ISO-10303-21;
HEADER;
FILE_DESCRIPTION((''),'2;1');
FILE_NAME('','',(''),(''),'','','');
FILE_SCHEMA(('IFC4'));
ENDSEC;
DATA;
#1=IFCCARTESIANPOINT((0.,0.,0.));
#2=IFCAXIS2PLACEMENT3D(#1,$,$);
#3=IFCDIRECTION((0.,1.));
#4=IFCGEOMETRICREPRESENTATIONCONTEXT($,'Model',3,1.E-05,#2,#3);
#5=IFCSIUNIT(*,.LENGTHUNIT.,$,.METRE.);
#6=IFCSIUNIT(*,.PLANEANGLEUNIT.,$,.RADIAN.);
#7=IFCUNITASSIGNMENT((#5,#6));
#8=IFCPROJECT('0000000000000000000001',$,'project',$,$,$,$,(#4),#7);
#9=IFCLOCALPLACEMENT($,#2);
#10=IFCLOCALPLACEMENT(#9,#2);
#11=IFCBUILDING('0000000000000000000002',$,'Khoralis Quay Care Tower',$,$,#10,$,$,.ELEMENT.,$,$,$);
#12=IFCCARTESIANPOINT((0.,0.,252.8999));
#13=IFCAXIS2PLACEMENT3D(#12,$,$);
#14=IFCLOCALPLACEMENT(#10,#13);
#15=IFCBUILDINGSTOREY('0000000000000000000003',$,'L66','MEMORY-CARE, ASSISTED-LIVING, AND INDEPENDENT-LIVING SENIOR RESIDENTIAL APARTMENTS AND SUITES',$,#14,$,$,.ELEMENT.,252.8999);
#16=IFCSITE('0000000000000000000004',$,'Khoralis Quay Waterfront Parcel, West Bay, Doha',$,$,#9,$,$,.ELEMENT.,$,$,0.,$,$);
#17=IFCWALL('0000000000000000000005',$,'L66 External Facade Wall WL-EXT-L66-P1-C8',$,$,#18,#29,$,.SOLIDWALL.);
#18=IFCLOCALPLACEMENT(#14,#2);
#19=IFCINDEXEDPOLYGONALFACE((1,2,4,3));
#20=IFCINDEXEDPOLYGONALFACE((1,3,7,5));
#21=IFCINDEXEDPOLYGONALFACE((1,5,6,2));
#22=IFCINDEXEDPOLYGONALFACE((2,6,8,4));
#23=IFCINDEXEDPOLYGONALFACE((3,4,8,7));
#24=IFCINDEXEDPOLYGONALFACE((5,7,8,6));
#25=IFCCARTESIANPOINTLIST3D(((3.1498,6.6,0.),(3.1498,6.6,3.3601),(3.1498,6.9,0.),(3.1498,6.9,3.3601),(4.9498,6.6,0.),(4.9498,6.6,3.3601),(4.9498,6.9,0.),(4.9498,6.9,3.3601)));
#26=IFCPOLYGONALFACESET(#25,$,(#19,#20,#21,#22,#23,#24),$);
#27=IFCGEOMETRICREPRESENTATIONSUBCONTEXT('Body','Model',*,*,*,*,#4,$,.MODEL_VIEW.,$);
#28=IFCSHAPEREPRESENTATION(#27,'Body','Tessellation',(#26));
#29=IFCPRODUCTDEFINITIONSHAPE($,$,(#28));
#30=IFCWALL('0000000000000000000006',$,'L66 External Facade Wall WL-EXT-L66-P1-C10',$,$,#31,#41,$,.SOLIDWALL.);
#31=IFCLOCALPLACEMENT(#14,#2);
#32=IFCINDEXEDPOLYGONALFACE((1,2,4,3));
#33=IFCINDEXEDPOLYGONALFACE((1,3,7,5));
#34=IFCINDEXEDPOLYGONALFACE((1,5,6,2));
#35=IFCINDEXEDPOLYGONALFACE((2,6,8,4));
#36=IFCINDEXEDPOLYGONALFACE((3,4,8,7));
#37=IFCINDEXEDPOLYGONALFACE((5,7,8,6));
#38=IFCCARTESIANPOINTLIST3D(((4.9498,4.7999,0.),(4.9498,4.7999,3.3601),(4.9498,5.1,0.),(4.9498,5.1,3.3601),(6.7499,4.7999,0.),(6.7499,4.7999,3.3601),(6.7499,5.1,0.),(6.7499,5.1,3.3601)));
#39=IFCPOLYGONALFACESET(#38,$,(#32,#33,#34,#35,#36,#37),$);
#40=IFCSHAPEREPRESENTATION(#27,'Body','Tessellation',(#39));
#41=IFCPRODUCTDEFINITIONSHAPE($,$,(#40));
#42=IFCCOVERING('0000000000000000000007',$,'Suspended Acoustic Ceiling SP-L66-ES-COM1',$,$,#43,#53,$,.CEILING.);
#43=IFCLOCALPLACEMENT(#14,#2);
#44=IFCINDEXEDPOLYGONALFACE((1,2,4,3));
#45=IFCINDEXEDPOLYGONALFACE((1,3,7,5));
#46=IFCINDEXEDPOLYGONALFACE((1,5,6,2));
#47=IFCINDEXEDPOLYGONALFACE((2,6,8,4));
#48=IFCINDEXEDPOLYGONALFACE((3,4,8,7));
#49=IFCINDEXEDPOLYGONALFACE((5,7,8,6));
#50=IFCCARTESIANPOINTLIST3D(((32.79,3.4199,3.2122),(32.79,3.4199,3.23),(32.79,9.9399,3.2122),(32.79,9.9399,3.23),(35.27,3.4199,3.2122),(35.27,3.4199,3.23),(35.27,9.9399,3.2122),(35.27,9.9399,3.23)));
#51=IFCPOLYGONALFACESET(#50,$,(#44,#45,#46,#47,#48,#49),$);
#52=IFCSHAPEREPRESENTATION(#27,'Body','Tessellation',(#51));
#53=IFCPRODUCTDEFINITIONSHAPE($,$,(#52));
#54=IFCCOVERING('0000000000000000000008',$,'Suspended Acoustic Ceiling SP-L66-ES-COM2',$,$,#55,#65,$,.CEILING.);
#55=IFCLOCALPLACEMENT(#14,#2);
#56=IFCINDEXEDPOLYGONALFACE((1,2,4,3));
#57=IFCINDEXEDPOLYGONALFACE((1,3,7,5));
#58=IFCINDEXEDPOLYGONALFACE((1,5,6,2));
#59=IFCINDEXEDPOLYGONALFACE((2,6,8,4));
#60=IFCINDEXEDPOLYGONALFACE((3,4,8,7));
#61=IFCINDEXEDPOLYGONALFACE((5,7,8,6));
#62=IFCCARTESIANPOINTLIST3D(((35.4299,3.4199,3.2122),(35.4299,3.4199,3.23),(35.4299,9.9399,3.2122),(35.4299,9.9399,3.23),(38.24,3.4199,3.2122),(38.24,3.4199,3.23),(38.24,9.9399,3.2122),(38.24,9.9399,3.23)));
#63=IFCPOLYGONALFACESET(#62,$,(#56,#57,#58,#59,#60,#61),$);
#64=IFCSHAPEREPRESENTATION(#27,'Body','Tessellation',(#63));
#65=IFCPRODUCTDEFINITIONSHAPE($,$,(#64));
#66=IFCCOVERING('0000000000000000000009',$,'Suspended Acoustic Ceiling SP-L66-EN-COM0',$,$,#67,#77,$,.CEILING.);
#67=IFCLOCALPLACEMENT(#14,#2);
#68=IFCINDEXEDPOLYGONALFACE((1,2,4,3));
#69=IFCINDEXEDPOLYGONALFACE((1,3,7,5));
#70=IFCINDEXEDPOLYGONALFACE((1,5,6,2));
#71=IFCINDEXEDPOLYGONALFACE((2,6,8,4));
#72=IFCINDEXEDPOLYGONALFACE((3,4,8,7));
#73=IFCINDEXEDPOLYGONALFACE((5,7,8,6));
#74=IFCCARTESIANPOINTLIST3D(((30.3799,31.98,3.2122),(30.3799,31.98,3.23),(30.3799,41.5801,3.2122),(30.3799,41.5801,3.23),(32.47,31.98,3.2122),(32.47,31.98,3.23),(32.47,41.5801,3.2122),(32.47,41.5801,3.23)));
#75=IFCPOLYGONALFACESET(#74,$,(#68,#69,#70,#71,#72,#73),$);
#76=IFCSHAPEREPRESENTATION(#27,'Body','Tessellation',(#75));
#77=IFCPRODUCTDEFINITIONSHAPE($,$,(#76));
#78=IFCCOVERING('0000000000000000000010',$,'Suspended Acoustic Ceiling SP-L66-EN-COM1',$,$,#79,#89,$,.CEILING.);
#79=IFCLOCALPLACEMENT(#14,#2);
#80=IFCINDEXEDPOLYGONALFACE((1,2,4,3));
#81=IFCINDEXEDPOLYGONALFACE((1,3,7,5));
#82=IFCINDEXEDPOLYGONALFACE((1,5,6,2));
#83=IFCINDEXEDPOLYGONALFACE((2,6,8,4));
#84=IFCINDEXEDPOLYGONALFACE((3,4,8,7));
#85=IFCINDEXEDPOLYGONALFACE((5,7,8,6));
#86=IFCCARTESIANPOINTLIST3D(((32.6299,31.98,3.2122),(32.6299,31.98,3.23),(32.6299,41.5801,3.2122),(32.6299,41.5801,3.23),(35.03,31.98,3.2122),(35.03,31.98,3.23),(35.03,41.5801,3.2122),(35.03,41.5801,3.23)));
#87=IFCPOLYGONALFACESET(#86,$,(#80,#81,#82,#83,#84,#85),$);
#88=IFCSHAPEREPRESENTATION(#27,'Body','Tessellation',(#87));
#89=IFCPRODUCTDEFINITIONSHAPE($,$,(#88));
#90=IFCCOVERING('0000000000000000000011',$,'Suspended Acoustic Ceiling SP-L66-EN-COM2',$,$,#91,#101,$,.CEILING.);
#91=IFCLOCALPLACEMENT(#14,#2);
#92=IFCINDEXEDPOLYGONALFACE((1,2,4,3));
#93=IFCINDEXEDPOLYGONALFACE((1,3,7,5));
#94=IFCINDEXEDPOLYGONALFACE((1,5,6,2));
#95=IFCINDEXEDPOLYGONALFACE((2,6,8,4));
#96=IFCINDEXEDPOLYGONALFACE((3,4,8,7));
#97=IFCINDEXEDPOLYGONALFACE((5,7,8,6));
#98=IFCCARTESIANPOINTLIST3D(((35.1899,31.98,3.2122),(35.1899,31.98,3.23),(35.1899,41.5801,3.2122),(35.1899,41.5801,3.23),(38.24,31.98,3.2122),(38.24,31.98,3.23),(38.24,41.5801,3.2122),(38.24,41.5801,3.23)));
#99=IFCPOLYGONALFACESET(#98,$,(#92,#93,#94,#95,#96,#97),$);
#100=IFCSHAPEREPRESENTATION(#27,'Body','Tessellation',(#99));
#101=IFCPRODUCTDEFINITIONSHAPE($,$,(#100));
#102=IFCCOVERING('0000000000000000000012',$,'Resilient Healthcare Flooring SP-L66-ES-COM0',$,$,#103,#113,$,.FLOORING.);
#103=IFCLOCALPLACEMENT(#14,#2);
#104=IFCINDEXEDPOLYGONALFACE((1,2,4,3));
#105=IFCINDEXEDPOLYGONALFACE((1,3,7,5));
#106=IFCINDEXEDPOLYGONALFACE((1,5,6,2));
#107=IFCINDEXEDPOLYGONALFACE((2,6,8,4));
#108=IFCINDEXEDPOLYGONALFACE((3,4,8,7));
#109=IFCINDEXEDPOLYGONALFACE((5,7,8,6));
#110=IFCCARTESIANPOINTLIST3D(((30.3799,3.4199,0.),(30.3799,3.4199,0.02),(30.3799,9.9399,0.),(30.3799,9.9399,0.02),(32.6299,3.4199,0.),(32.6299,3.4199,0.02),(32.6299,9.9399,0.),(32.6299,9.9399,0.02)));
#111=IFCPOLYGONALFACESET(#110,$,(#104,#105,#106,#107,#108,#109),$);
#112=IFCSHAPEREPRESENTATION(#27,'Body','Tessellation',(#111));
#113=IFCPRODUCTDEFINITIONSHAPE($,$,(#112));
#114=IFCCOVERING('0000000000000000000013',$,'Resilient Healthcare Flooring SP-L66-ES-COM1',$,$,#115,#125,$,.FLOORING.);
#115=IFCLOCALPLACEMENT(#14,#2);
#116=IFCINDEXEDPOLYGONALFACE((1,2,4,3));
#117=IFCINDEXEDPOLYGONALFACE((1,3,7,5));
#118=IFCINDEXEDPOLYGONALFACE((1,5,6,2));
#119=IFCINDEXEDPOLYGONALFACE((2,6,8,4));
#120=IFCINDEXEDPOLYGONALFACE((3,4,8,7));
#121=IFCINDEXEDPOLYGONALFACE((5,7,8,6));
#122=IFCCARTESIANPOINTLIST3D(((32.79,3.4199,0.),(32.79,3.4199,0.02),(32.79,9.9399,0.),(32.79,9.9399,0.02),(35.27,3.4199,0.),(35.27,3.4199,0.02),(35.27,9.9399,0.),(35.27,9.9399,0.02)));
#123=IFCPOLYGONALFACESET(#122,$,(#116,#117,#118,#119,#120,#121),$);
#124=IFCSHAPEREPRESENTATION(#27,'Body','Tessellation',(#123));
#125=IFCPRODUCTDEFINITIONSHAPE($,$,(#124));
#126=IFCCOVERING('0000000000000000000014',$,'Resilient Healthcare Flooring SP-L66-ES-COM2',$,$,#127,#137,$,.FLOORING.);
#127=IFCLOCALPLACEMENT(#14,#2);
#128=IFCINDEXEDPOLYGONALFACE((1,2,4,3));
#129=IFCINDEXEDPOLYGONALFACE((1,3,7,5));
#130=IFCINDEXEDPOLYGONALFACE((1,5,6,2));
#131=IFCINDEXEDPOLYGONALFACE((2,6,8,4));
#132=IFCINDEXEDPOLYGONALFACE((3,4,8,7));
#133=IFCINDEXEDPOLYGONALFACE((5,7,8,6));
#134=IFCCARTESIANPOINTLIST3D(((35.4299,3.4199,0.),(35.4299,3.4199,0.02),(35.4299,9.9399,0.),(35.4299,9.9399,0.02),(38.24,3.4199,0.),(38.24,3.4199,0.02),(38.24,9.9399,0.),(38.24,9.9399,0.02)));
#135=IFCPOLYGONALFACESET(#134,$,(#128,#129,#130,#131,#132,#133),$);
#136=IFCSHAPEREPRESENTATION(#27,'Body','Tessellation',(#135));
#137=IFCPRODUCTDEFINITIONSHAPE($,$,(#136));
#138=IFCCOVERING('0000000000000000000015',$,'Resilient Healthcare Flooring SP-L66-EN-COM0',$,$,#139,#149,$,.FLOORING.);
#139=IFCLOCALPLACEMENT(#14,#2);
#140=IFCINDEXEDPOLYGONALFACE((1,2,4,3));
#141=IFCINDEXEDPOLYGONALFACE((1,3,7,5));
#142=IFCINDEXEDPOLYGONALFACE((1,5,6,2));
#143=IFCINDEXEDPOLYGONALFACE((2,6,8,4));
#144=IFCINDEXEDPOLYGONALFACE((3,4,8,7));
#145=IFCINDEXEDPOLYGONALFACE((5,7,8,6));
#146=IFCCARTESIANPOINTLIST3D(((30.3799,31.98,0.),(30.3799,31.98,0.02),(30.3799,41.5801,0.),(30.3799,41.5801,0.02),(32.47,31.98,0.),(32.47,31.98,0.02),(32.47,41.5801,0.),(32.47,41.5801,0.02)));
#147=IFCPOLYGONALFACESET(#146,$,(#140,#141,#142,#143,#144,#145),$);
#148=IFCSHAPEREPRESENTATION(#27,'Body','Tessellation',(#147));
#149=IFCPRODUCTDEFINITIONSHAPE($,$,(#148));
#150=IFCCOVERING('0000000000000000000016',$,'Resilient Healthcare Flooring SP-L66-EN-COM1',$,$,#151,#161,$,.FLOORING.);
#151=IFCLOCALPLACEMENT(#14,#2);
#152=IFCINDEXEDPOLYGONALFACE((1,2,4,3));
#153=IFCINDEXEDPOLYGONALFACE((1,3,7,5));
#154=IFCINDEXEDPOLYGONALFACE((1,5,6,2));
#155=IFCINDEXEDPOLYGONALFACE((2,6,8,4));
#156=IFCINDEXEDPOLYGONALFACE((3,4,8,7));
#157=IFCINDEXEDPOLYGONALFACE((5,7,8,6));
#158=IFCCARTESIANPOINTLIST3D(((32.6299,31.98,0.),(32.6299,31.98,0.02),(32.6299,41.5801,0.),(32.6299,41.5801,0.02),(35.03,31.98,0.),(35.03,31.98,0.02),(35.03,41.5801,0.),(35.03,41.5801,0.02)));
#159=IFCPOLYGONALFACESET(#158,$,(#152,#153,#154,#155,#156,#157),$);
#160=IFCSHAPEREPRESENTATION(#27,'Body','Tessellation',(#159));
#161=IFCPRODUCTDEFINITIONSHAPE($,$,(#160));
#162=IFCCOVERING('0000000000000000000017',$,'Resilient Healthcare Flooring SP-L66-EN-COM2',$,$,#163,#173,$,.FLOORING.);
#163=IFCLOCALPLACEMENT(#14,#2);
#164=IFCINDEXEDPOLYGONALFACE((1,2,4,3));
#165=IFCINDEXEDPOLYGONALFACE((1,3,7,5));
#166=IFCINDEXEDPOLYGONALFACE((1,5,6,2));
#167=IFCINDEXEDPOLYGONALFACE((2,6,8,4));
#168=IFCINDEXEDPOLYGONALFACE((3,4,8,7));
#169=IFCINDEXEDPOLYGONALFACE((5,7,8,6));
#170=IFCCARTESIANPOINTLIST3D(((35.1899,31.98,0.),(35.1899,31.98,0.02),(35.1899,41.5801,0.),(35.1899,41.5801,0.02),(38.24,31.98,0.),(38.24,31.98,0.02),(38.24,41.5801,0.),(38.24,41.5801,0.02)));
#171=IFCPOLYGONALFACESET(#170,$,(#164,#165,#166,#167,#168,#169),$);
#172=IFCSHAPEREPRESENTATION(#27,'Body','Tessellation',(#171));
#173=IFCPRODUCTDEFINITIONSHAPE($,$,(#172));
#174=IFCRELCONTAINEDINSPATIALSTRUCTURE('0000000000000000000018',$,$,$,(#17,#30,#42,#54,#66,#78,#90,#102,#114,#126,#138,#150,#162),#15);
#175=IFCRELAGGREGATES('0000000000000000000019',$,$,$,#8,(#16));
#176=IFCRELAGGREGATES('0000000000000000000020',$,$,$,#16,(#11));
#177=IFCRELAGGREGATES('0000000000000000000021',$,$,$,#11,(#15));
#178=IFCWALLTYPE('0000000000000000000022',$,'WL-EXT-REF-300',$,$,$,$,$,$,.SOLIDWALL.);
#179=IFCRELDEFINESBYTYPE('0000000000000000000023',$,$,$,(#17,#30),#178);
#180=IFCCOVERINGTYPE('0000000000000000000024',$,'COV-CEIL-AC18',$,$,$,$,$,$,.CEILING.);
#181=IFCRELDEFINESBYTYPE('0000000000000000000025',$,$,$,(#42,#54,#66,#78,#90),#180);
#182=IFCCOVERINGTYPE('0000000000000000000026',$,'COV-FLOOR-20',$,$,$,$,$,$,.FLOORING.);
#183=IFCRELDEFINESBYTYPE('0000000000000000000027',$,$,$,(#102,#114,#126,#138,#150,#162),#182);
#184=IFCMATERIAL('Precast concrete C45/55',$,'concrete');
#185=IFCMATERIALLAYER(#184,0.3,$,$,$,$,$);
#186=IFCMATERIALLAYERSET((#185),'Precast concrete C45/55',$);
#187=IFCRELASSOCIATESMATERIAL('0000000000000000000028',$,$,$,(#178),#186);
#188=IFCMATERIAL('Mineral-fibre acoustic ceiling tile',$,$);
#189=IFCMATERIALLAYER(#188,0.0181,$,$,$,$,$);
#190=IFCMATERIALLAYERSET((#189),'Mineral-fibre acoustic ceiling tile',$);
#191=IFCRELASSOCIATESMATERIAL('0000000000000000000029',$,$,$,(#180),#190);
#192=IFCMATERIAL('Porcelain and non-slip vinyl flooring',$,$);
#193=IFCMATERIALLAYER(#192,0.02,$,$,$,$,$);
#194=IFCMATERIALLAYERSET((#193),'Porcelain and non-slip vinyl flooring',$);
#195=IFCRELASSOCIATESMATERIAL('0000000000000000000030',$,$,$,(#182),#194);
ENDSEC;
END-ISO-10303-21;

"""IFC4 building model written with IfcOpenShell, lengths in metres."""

from ifc_helpers import new_model, si_unit, direction, frame, frame_2d, origin, place, context, subcontext, project, spatial, polyline, rectangle, outline, extrude, material, layer, layer_set, type_object, element, save


model = new_model("IFC4")

# Units and contexts
model_context = context("Model", 3, precision=1e-05, world=origin(), true_north=direction((0.0, 1.0)))
body_context = subcontext(model_context, "Body", "Model", "MODEL_VIEW")
ifc_project = project(units=[si_unit("LENGTHUNIT", "METRE"), si_unit("PLANEANGLEUNIT", "RADIAN")], contexts=[model_context])

# Site, building, storey
site_placement = place(None, origin())
site = spatial("IfcSite", under=ifc_project, at=site_placement, Name="Khoralis Quay Waterfront Parcel, West Bay, Doha", CompositionType="ELEMENT", RefElevation=0.0)
building_placement = place(site_placement, origin())
building = spatial("IfcBuilding", under=site, at=building_placement, Name="Khoralis Quay Care Tower", CompositionType="ELEMENT")
storey_placement = place(building_placement, frame((0.0, 0.0, 252.8999)))
storey = spatial("IfcBuildingStorey", under=building, at=storey_placement, Name="L66", Description="MEMORY-CARE, ASSISTED-LIVING, AND INDEPENDENT-LIVING SENIOR RESIDENTIAL APARTMENTS AND SUITES", CompositionType="ELEMENT", Elevation=252.8999)

# Walls
ifc_material_1 = material(Name="Precast concrete C45/55", Category="concrete")
ifc_layer_1 = layer(ifc_material_1, 0.3)
ifc_layer_set_1 = layer_set([ifc_layer_1], Name="Precast concrete C45/55")
wall_type_1 = type_object("IfcWallType", Name="WL-EXT-REF-300", PredefinedType="SOLIDWALL", material=ifc_layer_set_1)
for number, where, z_axis, x_axis, name in (
    (1, (3.1499, 6.75, 0.0), (0.0, 0.0, 1.0), (1.0, 0.0, 0.0), "L66 External Facade Wall WL-EXT-L66-P1-C8"),
    (2, (4.95, 4.95, 0.0), (0.0, 0.0, 1.0), (1.0, 0.0, 0.0), "L66 External Facade Wall WL-EXT-L66-P1-C10"),
):
    element("IfcWall", number, at=place(storey_placement, frame(where, z_axis=z_axis, x_axis=x_axis)), inside=storey, type_object=wall_type_1, Name=name, PredefinedType="SOLIDWALL", context=body_context, shape_type="SweptSolid", body=[
        extrude(rectangle(XDim=1.8, YDim=0.3, at=frame_2d((0.8999, 0.0))), origin(), (0.0, 0.0, 1.0), 3.3601),
    ])

# Coverings
ifc_material_2 = material(Name="Mineral-fibre acoustic ceiling tile")
ifc_layer_2 = layer(ifc_material_2, 0.0181)
ifc_layer_set_2 = layer_set([ifc_layer_2], Name="Mineral-fibre acoustic ceiling tile")
covering_type_1 = type_object("IfcCoveringType", Name="COV-CEIL-AC18", PredefinedType="CEILING", material=ifc_layer_set_2)
covering_1_placement = place(storey_placement, frame((0.0, 0.0, 3.2122)))
element("IfcCovering", 3, at=covering_1_placement, inside=storey, type_object=covering_type_1, Name="Suspended Acoustic Ceiling SP-L66-ES-COM1", PredefinedType="CEILING", context=body_context, shape_type="SweptSolid", body=[
    extrude(outline(polyline([(32.79, 3.4199), (35.27, 3.4199), (35.27, 9.9399), (32.79, 9.9399), (32.79, 3.4199)])), origin(), (0.0, 0.0, 1.0), 0.0178),
])
covering_2_placement = place(storey_placement, frame((0.0, 0.0, 3.2122)))
element("IfcCovering", 4, at=covering_2_placement, inside=storey, type_object=covering_type_1, Name="Suspended Acoustic Ceiling SP-L66-ES-COM2", PredefinedType="CEILING", context=body_context, shape_type="SweptSolid", body=[
    extrude(outline(polyline([(35.4299, 3.4199), (38.24, 3.4199), (38.24, 9.9399), (35.4299, 9.9399), (35.4299, 3.4199)])), origin(), (0.0, 0.0, 1.0), 0.0178),
])
covering_3_placement = place(storey_placement, frame((0.0, 0.0, 3.2122)))
element("IfcCovering", 5, at=covering_3_placement, inside=storey, type_object=covering_type_1, Name="Suspended Acoustic Ceiling SP-L66-EN-COM0", PredefinedType="CEILING", context=body_context, shape_type="SweptSolid", body=[
    extrude(outline(polyline([(30.3799, 31.98), (32.47, 31.98), (32.47, 41.5801), (30.3799, 41.5801), (30.3799, 31.98)])), origin(), (0.0, 0.0, 1.0), 0.0178),
])
covering_4_placement = place(storey_placement, frame((0.0, 0.0, 3.2122)))
element("IfcCovering", 6, at=covering_4_placement, inside=storey, type_object=covering_type_1, Name="Suspended Acoustic Ceiling SP-L66-EN-COM1", PredefinedType="CEILING", context=body_context, shape_type="SweptSolid", body=[
    extrude(outline(polyline([(32.6299, 31.98), (35.03, 31.98), (35.03, 41.5801), (32.6299, 41.5801), (32.6299, 31.98)])), origin(), (0.0, 0.0, 1.0), 0.0178),
])
covering_5_placement = place(storey_placement, frame((0.0, 0.0, 3.2122)))
element("IfcCovering", 7, at=covering_5_placement, inside=storey, type_object=covering_type_1, Name="Suspended Acoustic Ceiling SP-L66-EN-COM2", PredefinedType="CEILING", context=body_context, shape_type="SweptSolid", body=[
    extrude(outline(polyline([(35.1899, 31.98), (38.24, 31.98), (38.24, 41.5801), (35.1899, 41.5801), (35.1899, 31.98)])), origin(), (0.0, 0.0, 1.0), 0.0178),
])
ifc_material_3 = material(Name="Porcelain and non-slip vinyl flooring")
ifc_layer_3 = layer(ifc_material_3, 0.02)
ifc_layer_set_3 = layer_set([ifc_layer_3], Name="Porcelain and non-slip vinyl flooring")
covering_type_2 = type_object("IfcCoveringType", Name="COV-FLOOR-20", PredefinedType="FLOORING", material=ifc_layer_set_3)
covering_6_placement = place(storey_placement, origin())
element("IfcCovering", 8, at=covering_6_placement, inside=storey, type_object=covering_type_2, Name="Resilient Healthcare Flooring SP-L66-ES-COM0", PredefinedType="FLOORING", context=body_context, shape_type="SweptSolid", body=[
    extrude(outline(polyline([(30.3799, 3.4199), (32.6299, 3.4199), (32.6299, 9.9399), (30.3799, 9.9399), (30.3799, 3.4199)])), origin(), (0.0, 0.0, 1.0), 0.02),
])
covering_7_placement = place(storey_placement, origin())
element("IfcCovering", 9, at=covering_7_placement, inside=storey, type_object=covering_type_2, Name="Resilient Healthcare Flooring SP-L66-ES-COM1", PredefinedType="FLOORING", context=body_context, shape_type="SweptSolid", body=[
    extrude(outline(polyline([(32.79, 3.4199), (35.27, 3.4199), (35.27, 9.9399), (32.79, 9.9399), (32.79, 3.4199)])), origin(), (0.0, 0.0, 1.0), 0.02),
])
covering_8_placement = place(storey_placement, origin())
element("IfcCovering", 10, at=covering_8_placement, inside=storey, type_object=covering_type_2, Name="Resilient Healthcare Flooring SP-L66-ES-COM2", PredefinedType="FLOORING", context=body_context, shape_type="SweptSolid", body=[
    extrude(outline(polyline([(35.4299, 3.4199), (38.24, 3.4199), (38.24, 9.9399), (35.4299, 9.9399), (35.4299, 3.4199)])), origin(), (0.0, 0.0, 1.0), 0.02),
])
covering_9_placement = place(storey_placement, origin())
element("IfcCovering", 11, at=covering_9_placement, inside=storey, type_object=covering_type_2, Name="Resilient Healthcare Flooring SP-L66-EN-COM0", PredefinedType="FLOORING", context=body_context, shape_type="SweptSolid", body=[
    extrude(outline(polyline([(30.3799, 31.98), (32.47, 31.98), (32.47, 41.5801), (30.3799, 41.5801), (30.3799, 31.98)])), origin(), (0.0, 0.0, 1.0), 0.02),
])
covering_10_placement = place(storey_placement, origin())
element("IfcCovering", 12, at=covering_10_placement, inside=storey, type_object=covering_type_2, Name="Resilient Healthcare Flooring SP-L66-EN-COM1", PredefinedType="FLOORING", context=body_context, shape_type="SweptSolid", body=[
    extrude(outline(polyline([(32.6299, 31.98), (35.03, 31.98), (35.03, 41.5801), (32.6299, 41.5801), (32.6299, 31.98)])), origin(), (0.0, 0.0, 1.0), 0.02),
])
covering_11_placement = place(storey_placement, origin())
element("IfcCovering", 13, at=covering_11_placement, inside=storey, type_object=covering_type_2, Name="Resilient Healthcare Flooring SP-L66-EN-COM2", PredefinedType="FLOORING", context=body_context, shape_type="SweptSolid", body=[
    extrude(outline(polyline([(35.1899, 31.98), (38.24, 31.98), (38.24, 41.5801), (35.1899, 41.5801), (35.1899, 31.98)])), origin(), (0.0, 0.0, 1.0), 0.02),
])

save(model, "model.ifc")
